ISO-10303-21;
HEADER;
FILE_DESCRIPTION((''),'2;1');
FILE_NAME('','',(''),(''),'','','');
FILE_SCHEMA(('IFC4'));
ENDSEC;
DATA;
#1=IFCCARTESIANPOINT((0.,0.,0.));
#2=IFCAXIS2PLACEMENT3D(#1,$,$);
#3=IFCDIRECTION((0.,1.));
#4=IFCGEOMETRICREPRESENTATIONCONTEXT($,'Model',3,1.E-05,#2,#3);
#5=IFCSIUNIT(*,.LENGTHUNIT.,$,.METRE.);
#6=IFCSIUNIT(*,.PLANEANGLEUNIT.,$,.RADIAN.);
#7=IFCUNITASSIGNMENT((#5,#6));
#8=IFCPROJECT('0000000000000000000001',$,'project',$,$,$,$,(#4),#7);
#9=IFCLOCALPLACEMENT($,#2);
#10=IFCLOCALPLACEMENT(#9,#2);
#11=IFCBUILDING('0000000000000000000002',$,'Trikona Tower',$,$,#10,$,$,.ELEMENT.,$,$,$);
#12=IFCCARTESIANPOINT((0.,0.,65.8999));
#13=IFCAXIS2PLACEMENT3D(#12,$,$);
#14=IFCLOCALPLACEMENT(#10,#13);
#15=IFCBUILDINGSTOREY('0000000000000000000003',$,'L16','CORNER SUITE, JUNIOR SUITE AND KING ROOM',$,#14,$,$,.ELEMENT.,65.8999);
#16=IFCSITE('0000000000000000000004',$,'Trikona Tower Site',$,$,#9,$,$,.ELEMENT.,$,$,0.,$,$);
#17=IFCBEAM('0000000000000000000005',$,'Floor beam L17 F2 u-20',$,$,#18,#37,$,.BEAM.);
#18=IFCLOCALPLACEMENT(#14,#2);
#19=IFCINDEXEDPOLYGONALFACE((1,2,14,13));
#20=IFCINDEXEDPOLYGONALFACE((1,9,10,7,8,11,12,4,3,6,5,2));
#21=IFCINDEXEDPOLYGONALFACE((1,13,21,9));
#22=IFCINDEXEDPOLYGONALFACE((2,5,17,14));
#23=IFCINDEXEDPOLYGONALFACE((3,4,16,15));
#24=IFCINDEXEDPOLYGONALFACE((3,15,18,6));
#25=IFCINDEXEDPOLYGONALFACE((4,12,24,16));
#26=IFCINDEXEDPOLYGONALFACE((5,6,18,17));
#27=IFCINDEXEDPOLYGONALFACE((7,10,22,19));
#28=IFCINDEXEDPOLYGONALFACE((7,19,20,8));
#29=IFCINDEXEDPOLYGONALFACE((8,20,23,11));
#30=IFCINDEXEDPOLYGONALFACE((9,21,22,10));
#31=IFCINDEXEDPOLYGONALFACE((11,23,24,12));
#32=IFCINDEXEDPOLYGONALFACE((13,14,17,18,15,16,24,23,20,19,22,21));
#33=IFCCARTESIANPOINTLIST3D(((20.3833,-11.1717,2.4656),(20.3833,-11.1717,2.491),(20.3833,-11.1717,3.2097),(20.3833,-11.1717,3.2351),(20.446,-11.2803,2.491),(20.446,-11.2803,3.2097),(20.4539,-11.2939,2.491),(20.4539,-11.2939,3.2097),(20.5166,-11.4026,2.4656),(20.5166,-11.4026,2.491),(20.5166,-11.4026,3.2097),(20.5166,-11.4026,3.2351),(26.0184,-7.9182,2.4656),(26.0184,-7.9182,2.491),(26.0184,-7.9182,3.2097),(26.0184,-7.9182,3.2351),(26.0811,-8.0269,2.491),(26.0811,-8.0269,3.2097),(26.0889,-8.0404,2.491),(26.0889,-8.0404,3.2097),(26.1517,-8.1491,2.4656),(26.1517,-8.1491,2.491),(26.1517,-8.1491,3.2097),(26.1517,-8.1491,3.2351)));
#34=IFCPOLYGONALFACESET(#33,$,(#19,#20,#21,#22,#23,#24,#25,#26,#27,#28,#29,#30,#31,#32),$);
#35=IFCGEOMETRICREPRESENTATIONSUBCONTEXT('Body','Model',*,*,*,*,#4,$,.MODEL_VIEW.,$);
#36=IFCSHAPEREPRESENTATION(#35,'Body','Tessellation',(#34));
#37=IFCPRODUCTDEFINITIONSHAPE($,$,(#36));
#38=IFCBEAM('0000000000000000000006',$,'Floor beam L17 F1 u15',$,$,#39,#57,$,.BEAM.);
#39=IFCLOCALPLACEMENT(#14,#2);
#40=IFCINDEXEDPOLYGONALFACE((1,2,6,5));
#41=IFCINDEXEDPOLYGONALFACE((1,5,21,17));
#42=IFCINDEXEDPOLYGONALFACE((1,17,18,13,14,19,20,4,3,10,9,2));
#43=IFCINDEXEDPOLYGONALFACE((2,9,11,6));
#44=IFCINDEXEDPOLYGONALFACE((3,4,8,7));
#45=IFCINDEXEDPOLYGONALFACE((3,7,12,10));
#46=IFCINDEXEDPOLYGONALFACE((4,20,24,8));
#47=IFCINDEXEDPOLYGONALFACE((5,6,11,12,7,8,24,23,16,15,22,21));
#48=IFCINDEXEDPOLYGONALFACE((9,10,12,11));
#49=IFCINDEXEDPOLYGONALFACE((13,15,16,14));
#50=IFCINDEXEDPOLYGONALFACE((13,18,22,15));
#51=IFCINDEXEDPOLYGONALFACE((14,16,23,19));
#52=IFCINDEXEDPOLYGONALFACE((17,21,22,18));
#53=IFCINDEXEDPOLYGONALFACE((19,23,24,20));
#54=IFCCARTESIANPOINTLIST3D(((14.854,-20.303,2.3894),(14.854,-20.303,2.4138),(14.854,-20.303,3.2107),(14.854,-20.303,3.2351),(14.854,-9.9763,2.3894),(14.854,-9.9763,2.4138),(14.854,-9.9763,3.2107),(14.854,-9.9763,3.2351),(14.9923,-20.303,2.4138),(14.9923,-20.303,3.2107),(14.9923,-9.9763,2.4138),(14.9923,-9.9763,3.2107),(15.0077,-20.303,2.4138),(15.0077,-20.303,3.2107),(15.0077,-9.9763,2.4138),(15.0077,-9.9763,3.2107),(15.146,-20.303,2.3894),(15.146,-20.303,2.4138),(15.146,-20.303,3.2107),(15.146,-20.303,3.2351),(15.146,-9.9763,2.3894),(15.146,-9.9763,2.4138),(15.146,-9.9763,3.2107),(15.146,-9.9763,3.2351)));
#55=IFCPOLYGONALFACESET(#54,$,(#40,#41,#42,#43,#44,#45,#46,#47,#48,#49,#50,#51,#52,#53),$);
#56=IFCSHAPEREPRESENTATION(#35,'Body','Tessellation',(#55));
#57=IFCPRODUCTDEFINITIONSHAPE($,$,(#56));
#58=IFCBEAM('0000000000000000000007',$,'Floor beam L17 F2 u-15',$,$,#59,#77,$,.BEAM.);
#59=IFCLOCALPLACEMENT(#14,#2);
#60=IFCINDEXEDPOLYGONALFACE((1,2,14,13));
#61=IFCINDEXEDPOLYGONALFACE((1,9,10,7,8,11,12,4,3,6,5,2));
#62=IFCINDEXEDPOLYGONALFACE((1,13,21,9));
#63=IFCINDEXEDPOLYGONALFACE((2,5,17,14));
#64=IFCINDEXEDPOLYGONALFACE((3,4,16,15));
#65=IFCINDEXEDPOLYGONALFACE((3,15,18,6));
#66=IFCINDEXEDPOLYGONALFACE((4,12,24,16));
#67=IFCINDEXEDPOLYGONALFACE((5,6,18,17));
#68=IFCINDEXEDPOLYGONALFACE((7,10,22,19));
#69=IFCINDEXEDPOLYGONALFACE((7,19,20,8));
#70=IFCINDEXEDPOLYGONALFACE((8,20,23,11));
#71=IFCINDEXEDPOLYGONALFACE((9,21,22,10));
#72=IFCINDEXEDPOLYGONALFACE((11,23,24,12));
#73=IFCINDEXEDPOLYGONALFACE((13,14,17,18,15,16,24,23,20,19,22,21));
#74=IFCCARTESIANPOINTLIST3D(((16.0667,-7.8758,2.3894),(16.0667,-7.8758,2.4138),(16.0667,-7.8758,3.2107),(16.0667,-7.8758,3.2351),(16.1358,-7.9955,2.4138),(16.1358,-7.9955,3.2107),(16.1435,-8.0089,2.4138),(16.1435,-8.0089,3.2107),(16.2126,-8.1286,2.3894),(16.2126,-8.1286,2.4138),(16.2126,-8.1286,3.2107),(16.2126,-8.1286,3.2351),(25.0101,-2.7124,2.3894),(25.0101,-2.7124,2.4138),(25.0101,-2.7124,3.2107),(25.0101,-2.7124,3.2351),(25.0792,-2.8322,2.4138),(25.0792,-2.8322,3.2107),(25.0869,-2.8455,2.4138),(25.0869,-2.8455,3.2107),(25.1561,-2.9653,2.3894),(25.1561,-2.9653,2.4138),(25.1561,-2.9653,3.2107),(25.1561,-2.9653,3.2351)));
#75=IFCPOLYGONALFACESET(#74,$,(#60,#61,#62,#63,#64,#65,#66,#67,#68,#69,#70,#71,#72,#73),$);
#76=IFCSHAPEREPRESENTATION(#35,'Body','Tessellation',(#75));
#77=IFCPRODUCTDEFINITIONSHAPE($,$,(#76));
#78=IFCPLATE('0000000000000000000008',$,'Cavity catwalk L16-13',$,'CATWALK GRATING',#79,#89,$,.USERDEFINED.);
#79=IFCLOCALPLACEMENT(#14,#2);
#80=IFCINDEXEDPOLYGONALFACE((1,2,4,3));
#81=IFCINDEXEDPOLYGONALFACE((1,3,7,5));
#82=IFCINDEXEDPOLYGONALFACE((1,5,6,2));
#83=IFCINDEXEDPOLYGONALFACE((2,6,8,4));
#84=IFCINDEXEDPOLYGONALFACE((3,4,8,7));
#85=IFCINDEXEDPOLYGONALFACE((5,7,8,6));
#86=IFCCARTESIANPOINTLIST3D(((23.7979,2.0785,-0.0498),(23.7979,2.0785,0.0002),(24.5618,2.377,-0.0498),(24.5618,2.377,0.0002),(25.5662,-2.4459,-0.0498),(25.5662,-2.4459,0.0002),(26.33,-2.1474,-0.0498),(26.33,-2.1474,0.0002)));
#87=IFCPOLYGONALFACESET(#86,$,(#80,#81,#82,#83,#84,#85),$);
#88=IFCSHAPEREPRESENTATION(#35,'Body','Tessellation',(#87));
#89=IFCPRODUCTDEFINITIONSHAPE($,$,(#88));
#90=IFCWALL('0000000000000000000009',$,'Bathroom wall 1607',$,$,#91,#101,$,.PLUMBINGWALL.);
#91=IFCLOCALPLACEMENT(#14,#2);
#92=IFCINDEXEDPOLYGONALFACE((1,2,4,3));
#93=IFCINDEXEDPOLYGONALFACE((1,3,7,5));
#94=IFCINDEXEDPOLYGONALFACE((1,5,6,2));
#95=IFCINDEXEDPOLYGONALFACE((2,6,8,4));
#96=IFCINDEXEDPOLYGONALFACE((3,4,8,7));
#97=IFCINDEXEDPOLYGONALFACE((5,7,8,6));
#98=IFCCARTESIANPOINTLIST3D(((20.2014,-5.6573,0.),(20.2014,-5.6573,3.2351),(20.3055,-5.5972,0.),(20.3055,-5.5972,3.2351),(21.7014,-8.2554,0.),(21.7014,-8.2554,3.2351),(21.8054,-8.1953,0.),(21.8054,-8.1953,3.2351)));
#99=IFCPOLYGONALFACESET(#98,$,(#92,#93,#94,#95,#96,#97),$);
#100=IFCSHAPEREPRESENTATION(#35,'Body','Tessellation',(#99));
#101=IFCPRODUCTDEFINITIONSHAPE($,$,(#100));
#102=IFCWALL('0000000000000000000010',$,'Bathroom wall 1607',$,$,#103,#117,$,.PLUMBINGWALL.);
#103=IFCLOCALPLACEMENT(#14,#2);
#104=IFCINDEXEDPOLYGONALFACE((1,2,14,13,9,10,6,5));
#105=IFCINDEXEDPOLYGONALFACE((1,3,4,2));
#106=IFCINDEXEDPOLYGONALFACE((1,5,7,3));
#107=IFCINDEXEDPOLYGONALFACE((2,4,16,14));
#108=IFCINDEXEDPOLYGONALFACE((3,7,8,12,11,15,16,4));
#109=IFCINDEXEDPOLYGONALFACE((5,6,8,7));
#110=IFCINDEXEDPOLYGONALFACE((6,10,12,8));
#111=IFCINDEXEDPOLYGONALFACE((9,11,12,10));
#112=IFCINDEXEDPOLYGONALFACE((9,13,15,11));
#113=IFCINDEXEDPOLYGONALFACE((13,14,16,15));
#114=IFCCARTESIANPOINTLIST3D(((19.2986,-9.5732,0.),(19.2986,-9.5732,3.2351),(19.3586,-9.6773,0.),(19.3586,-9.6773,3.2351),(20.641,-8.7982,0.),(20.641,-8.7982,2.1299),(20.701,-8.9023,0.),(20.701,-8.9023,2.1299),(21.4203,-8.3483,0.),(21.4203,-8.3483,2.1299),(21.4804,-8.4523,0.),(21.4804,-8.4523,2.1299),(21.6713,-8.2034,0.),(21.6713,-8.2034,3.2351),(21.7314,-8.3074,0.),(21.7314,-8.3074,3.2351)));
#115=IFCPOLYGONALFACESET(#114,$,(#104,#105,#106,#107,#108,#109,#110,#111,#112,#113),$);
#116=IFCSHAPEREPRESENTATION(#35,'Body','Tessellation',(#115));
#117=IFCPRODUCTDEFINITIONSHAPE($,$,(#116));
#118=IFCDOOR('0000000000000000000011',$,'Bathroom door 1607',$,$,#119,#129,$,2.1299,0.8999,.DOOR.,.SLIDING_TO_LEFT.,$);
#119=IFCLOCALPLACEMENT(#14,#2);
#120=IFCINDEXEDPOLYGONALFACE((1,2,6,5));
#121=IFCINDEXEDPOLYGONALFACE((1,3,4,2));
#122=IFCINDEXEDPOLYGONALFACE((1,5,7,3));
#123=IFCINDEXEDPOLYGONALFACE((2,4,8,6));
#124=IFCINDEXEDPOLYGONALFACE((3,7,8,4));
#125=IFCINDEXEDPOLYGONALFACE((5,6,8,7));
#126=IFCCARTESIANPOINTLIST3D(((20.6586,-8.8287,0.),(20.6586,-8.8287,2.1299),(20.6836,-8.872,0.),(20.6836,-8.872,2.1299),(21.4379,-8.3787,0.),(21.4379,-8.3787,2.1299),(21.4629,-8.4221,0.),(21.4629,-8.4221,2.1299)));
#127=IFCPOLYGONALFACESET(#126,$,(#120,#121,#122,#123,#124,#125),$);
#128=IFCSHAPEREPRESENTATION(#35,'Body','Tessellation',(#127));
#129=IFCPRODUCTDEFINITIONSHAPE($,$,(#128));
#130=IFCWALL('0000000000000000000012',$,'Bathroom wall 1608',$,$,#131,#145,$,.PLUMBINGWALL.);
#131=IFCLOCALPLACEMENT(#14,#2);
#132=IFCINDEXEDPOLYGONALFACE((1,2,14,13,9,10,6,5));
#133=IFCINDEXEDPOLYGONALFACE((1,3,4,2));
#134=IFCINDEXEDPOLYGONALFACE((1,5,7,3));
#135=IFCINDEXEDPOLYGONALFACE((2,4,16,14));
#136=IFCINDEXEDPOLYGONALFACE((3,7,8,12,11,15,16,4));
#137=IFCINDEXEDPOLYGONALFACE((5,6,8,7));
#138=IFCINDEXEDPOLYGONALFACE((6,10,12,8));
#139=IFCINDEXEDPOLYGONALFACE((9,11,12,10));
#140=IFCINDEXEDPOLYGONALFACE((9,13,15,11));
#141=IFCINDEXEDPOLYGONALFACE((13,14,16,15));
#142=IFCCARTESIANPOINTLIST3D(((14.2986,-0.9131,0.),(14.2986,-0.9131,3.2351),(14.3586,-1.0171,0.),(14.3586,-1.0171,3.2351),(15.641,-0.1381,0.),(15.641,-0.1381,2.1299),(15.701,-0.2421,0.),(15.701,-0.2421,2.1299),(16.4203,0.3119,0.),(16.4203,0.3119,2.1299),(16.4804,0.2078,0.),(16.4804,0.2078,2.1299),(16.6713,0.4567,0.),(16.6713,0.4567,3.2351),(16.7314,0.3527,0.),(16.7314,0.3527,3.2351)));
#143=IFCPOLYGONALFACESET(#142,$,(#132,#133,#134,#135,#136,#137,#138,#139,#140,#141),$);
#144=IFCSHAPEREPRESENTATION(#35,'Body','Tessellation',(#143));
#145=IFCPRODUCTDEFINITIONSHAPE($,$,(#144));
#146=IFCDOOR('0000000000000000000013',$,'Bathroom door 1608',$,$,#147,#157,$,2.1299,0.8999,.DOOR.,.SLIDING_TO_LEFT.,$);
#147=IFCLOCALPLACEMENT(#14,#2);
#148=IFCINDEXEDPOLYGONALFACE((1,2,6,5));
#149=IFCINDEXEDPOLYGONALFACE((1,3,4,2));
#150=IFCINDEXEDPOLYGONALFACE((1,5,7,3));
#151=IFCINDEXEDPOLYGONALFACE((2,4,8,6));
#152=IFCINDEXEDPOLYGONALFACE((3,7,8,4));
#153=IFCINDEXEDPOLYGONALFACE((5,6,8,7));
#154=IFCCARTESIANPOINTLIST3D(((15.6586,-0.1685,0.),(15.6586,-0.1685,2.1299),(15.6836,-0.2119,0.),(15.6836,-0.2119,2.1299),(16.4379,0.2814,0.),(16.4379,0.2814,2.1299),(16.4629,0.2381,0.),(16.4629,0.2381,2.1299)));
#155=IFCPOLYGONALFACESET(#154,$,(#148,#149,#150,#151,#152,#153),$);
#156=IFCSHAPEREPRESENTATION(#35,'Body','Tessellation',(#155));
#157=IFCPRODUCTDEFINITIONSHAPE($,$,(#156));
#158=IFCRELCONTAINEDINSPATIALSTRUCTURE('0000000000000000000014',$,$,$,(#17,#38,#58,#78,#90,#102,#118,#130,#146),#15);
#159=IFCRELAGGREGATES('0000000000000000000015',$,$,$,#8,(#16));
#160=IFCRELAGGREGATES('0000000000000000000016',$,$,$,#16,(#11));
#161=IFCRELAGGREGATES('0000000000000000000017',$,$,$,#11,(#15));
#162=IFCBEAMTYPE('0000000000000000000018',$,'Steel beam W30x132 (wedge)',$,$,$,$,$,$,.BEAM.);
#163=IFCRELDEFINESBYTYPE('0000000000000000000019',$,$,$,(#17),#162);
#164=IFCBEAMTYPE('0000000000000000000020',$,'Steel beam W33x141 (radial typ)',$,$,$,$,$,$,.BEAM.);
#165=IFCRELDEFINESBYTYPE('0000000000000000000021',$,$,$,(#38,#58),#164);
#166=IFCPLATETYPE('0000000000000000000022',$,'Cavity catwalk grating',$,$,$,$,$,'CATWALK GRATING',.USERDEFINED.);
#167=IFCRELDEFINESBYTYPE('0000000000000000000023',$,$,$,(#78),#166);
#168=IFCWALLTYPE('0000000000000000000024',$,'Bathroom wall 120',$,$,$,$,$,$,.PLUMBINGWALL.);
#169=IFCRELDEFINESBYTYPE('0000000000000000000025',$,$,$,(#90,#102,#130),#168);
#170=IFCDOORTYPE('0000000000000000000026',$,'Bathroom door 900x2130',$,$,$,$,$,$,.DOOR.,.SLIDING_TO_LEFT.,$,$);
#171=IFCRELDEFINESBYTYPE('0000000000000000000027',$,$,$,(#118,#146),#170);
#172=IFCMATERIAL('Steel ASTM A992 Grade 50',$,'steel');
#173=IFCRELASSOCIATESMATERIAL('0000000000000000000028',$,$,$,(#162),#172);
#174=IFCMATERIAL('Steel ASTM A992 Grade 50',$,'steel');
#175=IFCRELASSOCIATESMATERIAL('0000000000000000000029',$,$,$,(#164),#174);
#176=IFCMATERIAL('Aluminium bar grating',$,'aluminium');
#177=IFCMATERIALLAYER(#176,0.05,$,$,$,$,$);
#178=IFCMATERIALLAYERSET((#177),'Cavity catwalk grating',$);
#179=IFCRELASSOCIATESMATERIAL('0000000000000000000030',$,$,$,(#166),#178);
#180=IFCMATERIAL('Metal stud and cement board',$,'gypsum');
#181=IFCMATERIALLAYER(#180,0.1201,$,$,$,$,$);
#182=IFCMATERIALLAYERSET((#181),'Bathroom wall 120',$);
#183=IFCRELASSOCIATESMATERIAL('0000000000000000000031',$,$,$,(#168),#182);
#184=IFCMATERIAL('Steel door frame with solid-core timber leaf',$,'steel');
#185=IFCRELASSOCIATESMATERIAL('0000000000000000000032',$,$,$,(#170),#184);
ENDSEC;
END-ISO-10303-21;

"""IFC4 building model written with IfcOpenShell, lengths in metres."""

from ifc_helpers import new_model, si_unit, direction, frame, frame_2d, origin, origin_2d, place, context, subcontext, project, spatial, rectangle, i_section, extrude, material, layer, layer_set, material_profile, profile_set, type_object, element, fill, save


model = new_model("IFC4")

# Units and contexts
model_context = context("Model", 3, precision=1e-05, world=origin(), true_north=direction((0.0, 1.0)))
body_context = subcontext(model_context, "Body", "Model", "MODEL_VIEW")
ifc_project = project(units=[si_unit("LENGTHUNIT", "METRE"), si_unit("PLANEANGLEUNIT", "RADIAN")], contexts=[model_context])

# Site, building, storey
site_placement = place(None, origin())
site = spatial("IfcSite", under=ifc_project, at=site_placement, Name="Trikona Tower Site", CompositionType="ELEMENT", RefElevation=0.0)
building_placement = place(site_placement, origin())
building = spatial("IfcBuilding", under=site, at=building_placement, Name="Trikona Tower", CompositionType="ELEMENT")
storey_placement = place(building_placement, frame((0.0, 0.0, 65.8999)))
storey = spatial("IfcBuildingStorey", under=building, at=storey_placement, Name="L16", Description="CORNER SUITE, JUNIOR SUITE AND KING ROOM", CompositionType="ELEMENT", Elevation=65.8999)

# Beams
ifc_material_1 = material(Name="Steel ASTM A992 Grade 50", Category="steel")
ifc_material_profile_1 = material_profile(ifc_material_1, i_section(OverallWidth=0.2666, OverallDepth=0.7695, WebThickness=0.0156, FlangeThickness=0.0254, at=origin_2d()), Name="W30X132")
ifc_profile_set_1 = profile_set([ifc_material_profile_1], Name="Steel ASTM A992 Grade 50")
beam_type_1 = type_object("IfcBeamType", Name="Steel beam W30x132 (wedge)", PredefinedType="BEAM", material=ifc_profile_set_1)
beam_1_placement = place(storey_placement, frame((20.45, -11.2871, 2.8503), z_axis=(0.866023, 0.500005, 0.0), x_axis=(-0.500005, 0.866023, 0.0)))
element("IfcBeam", 1, at=beam_1_placement, inside=storey, type_object=beam_type_1, Name="Floor beam L17 F2 u-20", PredefinedType="BEAM", context=body_context, shape_type="SweptSolid", body=[
    extrude(i_section(OverallWidth=0.2666, OverallDepth=0.7695, WebThickness=0.0156, FlangeThickness=0.0254, at=origin_2d()), origin(), (0.0, 0.0, 1.0), 6.5068),
])
ifc_material_2 = material(Name="Steel ASTM A992 Grade 50", Category="steel")
ifc_material_profile_2 = material_profile(ifc_material_2, i_section(OverallWidth=0.292, OverallDepth=0.8457, WebThickness=0.0154, FlangeThickness=0.0244, at=origin_2d()), Name="W33X141")
ifc_profile_set_2 = profile_set([ifc_material_profile_2], Name="Steel ASTM A992 Grade 50")
beam_type_2 = type_object("IfcBeamType", Name="Steel beam W33x141 (radial typ)", PredefinedType="BEAM", material=ifc_profile_set_2)
beam_2_placement = place(storey_placement, frame((15.0, -9.9763, 2.8123), z_axis=(0.0, -1.0, 0.0), x_axis=(1.0, 0.0, 0.0)))
element("IfcBeam", 2, at=beam_2_placement, inside=storey, type_object=beam_type_2, Name="Floor beam L17 F1 u15", PredefinedType="BEAM", context=body_context, shape_type="SweptSolid", body=[
    extrude(i_section(OverallWidth=0.292, OverallDepth=0.8457, WebThickness=0.0154, FlangeThickness=0.0244, at=origin_2d()), origin(), (0.0, 0.0, 1.0), 10.3267),
])
beam_3_placement = place(storey_placement, frame((16.1396, -8.0022, 2.8123), z_axis=(0.86603, 0.499991, 0.0), x_axis=(-0.499991, 0.86603, 0.0)))
element("IfcBeam", 3, at=beam_3_placement, inside=storey, type_object=beam_type_2, Name="Floor beam L17 F2 u-15", PredefinedType="BEAM", context=body_context, shape_type="SweptSolid", body=[
    extrude(i_section(OverallWidth=0.292, OverallDepth=0.8457, WebThickness=0.0154, FlangeThickness=0.0244, at=origin_2d()), origin(), (0.0, 0.0, 1.0), 10.3269),
])

# Plate
ifc_material_3 = material(Name="Aluminium bar grating", Category="aluminium")
ifc_layer_1 = layer(ifc_material_3, 0.05)
ifc_layer_set_1 = layer_set([ifc_layer_1], Name="Cavity catwalk grating")
plate_type = type_object("IfcPlateType", Name="Cavity catwalk grating", ElementType="CATWALK GRATING", PredefinedType="USERDEFINED", material=ifc_layer_set_1)
plate_placement = place(storey_placement, frame((25.064, -0.0344, -0.0498), z_axis=(0.0, 0.0, 1.0), x_axis=(-0.364009, 0.931395, 0.0)))
element("IfcPlate", 4, at=plate_placement, inside=storey, type_object=plate_type, Name="Cavity catwalk L16-13", ObjectType="CATWALK GRATING", PredefinedType="USERDEFINED", context=body_context, shape_type="SweptSolid", body=[
    extrude(rectangle(XDim=4.8577, YDim=0.8201, at=origin_2d()), origin(), (0.0, 0.0, 1.0), 0.05),
])

# Wall
ifc_material_4 = material(Name="Metal stud and cement board", Category="gypsum")
ifc_layer_2 = layer(ifc_material_4, 0.1201)
ifc_layer_set_2 = layer_set([ifc_layer_2], Name="Bathroom wall 120")
wall_type_1 = type_object("IfcWallType", Name="Bathroom wall 120", PredefinedType="PLUMBINGWALL", material=ifc_layer_set_2)
wall_1_placement = place(storey_placement, frame((21.7534, -8.2253, 0.0), z_axis=(0.0, 0.0, 1.0), x_axis=(-0.49999, 0.866031, 0.0)))
element("IfcWall", 5, at=wall_1_placement, inside=storey, type_object=wall_type_1, Name="Bathroom wall 1607", PredefinedType="PLUMBINGWALL", context=body_context, shape_type="SweptSolid", body=[
    extrude(rectangle(XDim=3.0, YDim=0.1201, at=frame_2d((1.5, 0.0))), origin(), (0.0, 0.0, 1.0), 3.2351),
])

# Walls, openings, doors
wall_2_placement = place(storey_placement, frame((19.3286, -9.6252, 0.0), z_axis=(0.0, 0.0, 1.0), x_axis=(0.866036, 0.499982, 0.0)))
wall_2 = element("IfcWall", 6, at=wall_2_placement, inside=storey, type_object=wall_type_1, Name="Bathroom wall 1607", PredefinedType="PLUMBINGWALL", context=body_context, shape_type="SweptSolid", body=[
    extrude(rectangle(XDim=2.7397, YDim=0.1201, at=frame_2d((1.3699, 0.0))), origin(), (0.0, 0.0, 1.0), 3.2351),
])
opening_1_placement = place(wall_2_placement, frame((1.55, 0.0, 0.0)))
opening_1 = element("IfcOpeningElement", 7, at=opening_1_placement, cuts=wall_2, PredefinedType="OPENING", context=body_context, shape_type="SweptSolid", body=[
    extrude(rectangle(XDim=0.8999, YDim=2.1299, at=frame_2d((0.45, 1.0649))), frame((0.0, 0.0701, 0.0), z_axis=(0.0, -1.0, 0.0), x_axis=(1.0, 0.0, 0.0)), (0.0, 0.0, 1.0), 0.1401),
])
ifc_material_5 = material(Name="Steel door frame with solid-core timber leaf", Category="steel")
door_type_1 = type_object("IfcDoorType", Name="Bathroom door 900x2130", OperationType="SLIDING_TO_LEFT", PredefinedType="DOOR", material=ifc_material_5)
door_1_placement = place(opening_1_placement, origin())
door_1 = element("IfcDoor", 8, at=door_1_placement, inside=storey, type_object=door_type_1, Name="Bathroom door 1607", OperationType="SLIDING_TO_LEFT", OverallHeight=2.1299, OverallWidth=0.8999, PredefinedType="DOOR", context=body_context, shape_type="SweptSolid", body=[
    extrude(rectangle(XDim=0.8999, YDim=2.1299, at=frame_2d((0.45, 1.0649))), frame((0.0, 0.0249, 0.0), z_axis=(0.0, -1.0, 0.0), x_axis=(1.0, 0.0, 0.0)), (0.0, 0.0, 1.0), 0.05),
])
fill(opening_1, door_1)
wall_3_placement = place(storey_placement, frame((14.3286, -0.9651, 0.0), z_axis=(0.0, 0.0, 1.0), x_axis=(0.866036, 0.499982, 0.0)))
wall_3 = element("IfcWall", 9, at=wall_3_placement, inside=storey, type_object=wall_type_1, Name="Bathroom wall 1608", PredefinedType="PLUMBINGWALL", context=body_context, shape_type="SweptSolid", body=[
    extrude(rectangle(XDim=2.7397, YDim=0.1201, at=frame_2d((1.3699, 0.0))), origin(), (0.0, 0.0, 1.0), 3.2351),
])
opening_2_placement = place(wall_3_placement, frame((1.55, 0.0, 0.0)))
opening_2 = element("IfcOpeningElement", 10, at=opening_2_placement, cuts=wall_3, PredefinedType="OPENING", context=body_context, shape_type="SweptSolid", body=[
    extrude(rectangle(XDim=0.8999, YDim=2.1299, at=frame_2d((0.45, 1.0649))), frame((0.0, 0.0701, 0.0), z_axis=(0.0, -1.0, 0.0), x_axis=(1.0, 0.0, 0.0)), (0.0, 0.0, 1.0), 0.1401),
])
door_2_placement = place(opening_2_placement, origin())
door_2 = element("IfcDoor", 11, at=door_2_placement, inside=storey, type_object=door_type_1, Name="Bathroom door 1608", OperationType="SLIDING_TO_LEFT", OverallHeight=2.1299, OverallWidth=0.8999, PredefinedType="DOOR", context=body_context, shape_type="SweptSolid", body=[
    extrude(rectangle(XDim=0.8999, YDim=2.1299, at=frame_2d((0.45, 1.0649))), frame((0.0, 0.0249, 0.0), z_axis=(0.0, -1.0, 0.0), x_axis=(1.0, 0.0, 0.0)), (0.0, 0.0, 1.0), 0.05),
])
fill(opening_2, door_2)

save(model, "model.ifc")
